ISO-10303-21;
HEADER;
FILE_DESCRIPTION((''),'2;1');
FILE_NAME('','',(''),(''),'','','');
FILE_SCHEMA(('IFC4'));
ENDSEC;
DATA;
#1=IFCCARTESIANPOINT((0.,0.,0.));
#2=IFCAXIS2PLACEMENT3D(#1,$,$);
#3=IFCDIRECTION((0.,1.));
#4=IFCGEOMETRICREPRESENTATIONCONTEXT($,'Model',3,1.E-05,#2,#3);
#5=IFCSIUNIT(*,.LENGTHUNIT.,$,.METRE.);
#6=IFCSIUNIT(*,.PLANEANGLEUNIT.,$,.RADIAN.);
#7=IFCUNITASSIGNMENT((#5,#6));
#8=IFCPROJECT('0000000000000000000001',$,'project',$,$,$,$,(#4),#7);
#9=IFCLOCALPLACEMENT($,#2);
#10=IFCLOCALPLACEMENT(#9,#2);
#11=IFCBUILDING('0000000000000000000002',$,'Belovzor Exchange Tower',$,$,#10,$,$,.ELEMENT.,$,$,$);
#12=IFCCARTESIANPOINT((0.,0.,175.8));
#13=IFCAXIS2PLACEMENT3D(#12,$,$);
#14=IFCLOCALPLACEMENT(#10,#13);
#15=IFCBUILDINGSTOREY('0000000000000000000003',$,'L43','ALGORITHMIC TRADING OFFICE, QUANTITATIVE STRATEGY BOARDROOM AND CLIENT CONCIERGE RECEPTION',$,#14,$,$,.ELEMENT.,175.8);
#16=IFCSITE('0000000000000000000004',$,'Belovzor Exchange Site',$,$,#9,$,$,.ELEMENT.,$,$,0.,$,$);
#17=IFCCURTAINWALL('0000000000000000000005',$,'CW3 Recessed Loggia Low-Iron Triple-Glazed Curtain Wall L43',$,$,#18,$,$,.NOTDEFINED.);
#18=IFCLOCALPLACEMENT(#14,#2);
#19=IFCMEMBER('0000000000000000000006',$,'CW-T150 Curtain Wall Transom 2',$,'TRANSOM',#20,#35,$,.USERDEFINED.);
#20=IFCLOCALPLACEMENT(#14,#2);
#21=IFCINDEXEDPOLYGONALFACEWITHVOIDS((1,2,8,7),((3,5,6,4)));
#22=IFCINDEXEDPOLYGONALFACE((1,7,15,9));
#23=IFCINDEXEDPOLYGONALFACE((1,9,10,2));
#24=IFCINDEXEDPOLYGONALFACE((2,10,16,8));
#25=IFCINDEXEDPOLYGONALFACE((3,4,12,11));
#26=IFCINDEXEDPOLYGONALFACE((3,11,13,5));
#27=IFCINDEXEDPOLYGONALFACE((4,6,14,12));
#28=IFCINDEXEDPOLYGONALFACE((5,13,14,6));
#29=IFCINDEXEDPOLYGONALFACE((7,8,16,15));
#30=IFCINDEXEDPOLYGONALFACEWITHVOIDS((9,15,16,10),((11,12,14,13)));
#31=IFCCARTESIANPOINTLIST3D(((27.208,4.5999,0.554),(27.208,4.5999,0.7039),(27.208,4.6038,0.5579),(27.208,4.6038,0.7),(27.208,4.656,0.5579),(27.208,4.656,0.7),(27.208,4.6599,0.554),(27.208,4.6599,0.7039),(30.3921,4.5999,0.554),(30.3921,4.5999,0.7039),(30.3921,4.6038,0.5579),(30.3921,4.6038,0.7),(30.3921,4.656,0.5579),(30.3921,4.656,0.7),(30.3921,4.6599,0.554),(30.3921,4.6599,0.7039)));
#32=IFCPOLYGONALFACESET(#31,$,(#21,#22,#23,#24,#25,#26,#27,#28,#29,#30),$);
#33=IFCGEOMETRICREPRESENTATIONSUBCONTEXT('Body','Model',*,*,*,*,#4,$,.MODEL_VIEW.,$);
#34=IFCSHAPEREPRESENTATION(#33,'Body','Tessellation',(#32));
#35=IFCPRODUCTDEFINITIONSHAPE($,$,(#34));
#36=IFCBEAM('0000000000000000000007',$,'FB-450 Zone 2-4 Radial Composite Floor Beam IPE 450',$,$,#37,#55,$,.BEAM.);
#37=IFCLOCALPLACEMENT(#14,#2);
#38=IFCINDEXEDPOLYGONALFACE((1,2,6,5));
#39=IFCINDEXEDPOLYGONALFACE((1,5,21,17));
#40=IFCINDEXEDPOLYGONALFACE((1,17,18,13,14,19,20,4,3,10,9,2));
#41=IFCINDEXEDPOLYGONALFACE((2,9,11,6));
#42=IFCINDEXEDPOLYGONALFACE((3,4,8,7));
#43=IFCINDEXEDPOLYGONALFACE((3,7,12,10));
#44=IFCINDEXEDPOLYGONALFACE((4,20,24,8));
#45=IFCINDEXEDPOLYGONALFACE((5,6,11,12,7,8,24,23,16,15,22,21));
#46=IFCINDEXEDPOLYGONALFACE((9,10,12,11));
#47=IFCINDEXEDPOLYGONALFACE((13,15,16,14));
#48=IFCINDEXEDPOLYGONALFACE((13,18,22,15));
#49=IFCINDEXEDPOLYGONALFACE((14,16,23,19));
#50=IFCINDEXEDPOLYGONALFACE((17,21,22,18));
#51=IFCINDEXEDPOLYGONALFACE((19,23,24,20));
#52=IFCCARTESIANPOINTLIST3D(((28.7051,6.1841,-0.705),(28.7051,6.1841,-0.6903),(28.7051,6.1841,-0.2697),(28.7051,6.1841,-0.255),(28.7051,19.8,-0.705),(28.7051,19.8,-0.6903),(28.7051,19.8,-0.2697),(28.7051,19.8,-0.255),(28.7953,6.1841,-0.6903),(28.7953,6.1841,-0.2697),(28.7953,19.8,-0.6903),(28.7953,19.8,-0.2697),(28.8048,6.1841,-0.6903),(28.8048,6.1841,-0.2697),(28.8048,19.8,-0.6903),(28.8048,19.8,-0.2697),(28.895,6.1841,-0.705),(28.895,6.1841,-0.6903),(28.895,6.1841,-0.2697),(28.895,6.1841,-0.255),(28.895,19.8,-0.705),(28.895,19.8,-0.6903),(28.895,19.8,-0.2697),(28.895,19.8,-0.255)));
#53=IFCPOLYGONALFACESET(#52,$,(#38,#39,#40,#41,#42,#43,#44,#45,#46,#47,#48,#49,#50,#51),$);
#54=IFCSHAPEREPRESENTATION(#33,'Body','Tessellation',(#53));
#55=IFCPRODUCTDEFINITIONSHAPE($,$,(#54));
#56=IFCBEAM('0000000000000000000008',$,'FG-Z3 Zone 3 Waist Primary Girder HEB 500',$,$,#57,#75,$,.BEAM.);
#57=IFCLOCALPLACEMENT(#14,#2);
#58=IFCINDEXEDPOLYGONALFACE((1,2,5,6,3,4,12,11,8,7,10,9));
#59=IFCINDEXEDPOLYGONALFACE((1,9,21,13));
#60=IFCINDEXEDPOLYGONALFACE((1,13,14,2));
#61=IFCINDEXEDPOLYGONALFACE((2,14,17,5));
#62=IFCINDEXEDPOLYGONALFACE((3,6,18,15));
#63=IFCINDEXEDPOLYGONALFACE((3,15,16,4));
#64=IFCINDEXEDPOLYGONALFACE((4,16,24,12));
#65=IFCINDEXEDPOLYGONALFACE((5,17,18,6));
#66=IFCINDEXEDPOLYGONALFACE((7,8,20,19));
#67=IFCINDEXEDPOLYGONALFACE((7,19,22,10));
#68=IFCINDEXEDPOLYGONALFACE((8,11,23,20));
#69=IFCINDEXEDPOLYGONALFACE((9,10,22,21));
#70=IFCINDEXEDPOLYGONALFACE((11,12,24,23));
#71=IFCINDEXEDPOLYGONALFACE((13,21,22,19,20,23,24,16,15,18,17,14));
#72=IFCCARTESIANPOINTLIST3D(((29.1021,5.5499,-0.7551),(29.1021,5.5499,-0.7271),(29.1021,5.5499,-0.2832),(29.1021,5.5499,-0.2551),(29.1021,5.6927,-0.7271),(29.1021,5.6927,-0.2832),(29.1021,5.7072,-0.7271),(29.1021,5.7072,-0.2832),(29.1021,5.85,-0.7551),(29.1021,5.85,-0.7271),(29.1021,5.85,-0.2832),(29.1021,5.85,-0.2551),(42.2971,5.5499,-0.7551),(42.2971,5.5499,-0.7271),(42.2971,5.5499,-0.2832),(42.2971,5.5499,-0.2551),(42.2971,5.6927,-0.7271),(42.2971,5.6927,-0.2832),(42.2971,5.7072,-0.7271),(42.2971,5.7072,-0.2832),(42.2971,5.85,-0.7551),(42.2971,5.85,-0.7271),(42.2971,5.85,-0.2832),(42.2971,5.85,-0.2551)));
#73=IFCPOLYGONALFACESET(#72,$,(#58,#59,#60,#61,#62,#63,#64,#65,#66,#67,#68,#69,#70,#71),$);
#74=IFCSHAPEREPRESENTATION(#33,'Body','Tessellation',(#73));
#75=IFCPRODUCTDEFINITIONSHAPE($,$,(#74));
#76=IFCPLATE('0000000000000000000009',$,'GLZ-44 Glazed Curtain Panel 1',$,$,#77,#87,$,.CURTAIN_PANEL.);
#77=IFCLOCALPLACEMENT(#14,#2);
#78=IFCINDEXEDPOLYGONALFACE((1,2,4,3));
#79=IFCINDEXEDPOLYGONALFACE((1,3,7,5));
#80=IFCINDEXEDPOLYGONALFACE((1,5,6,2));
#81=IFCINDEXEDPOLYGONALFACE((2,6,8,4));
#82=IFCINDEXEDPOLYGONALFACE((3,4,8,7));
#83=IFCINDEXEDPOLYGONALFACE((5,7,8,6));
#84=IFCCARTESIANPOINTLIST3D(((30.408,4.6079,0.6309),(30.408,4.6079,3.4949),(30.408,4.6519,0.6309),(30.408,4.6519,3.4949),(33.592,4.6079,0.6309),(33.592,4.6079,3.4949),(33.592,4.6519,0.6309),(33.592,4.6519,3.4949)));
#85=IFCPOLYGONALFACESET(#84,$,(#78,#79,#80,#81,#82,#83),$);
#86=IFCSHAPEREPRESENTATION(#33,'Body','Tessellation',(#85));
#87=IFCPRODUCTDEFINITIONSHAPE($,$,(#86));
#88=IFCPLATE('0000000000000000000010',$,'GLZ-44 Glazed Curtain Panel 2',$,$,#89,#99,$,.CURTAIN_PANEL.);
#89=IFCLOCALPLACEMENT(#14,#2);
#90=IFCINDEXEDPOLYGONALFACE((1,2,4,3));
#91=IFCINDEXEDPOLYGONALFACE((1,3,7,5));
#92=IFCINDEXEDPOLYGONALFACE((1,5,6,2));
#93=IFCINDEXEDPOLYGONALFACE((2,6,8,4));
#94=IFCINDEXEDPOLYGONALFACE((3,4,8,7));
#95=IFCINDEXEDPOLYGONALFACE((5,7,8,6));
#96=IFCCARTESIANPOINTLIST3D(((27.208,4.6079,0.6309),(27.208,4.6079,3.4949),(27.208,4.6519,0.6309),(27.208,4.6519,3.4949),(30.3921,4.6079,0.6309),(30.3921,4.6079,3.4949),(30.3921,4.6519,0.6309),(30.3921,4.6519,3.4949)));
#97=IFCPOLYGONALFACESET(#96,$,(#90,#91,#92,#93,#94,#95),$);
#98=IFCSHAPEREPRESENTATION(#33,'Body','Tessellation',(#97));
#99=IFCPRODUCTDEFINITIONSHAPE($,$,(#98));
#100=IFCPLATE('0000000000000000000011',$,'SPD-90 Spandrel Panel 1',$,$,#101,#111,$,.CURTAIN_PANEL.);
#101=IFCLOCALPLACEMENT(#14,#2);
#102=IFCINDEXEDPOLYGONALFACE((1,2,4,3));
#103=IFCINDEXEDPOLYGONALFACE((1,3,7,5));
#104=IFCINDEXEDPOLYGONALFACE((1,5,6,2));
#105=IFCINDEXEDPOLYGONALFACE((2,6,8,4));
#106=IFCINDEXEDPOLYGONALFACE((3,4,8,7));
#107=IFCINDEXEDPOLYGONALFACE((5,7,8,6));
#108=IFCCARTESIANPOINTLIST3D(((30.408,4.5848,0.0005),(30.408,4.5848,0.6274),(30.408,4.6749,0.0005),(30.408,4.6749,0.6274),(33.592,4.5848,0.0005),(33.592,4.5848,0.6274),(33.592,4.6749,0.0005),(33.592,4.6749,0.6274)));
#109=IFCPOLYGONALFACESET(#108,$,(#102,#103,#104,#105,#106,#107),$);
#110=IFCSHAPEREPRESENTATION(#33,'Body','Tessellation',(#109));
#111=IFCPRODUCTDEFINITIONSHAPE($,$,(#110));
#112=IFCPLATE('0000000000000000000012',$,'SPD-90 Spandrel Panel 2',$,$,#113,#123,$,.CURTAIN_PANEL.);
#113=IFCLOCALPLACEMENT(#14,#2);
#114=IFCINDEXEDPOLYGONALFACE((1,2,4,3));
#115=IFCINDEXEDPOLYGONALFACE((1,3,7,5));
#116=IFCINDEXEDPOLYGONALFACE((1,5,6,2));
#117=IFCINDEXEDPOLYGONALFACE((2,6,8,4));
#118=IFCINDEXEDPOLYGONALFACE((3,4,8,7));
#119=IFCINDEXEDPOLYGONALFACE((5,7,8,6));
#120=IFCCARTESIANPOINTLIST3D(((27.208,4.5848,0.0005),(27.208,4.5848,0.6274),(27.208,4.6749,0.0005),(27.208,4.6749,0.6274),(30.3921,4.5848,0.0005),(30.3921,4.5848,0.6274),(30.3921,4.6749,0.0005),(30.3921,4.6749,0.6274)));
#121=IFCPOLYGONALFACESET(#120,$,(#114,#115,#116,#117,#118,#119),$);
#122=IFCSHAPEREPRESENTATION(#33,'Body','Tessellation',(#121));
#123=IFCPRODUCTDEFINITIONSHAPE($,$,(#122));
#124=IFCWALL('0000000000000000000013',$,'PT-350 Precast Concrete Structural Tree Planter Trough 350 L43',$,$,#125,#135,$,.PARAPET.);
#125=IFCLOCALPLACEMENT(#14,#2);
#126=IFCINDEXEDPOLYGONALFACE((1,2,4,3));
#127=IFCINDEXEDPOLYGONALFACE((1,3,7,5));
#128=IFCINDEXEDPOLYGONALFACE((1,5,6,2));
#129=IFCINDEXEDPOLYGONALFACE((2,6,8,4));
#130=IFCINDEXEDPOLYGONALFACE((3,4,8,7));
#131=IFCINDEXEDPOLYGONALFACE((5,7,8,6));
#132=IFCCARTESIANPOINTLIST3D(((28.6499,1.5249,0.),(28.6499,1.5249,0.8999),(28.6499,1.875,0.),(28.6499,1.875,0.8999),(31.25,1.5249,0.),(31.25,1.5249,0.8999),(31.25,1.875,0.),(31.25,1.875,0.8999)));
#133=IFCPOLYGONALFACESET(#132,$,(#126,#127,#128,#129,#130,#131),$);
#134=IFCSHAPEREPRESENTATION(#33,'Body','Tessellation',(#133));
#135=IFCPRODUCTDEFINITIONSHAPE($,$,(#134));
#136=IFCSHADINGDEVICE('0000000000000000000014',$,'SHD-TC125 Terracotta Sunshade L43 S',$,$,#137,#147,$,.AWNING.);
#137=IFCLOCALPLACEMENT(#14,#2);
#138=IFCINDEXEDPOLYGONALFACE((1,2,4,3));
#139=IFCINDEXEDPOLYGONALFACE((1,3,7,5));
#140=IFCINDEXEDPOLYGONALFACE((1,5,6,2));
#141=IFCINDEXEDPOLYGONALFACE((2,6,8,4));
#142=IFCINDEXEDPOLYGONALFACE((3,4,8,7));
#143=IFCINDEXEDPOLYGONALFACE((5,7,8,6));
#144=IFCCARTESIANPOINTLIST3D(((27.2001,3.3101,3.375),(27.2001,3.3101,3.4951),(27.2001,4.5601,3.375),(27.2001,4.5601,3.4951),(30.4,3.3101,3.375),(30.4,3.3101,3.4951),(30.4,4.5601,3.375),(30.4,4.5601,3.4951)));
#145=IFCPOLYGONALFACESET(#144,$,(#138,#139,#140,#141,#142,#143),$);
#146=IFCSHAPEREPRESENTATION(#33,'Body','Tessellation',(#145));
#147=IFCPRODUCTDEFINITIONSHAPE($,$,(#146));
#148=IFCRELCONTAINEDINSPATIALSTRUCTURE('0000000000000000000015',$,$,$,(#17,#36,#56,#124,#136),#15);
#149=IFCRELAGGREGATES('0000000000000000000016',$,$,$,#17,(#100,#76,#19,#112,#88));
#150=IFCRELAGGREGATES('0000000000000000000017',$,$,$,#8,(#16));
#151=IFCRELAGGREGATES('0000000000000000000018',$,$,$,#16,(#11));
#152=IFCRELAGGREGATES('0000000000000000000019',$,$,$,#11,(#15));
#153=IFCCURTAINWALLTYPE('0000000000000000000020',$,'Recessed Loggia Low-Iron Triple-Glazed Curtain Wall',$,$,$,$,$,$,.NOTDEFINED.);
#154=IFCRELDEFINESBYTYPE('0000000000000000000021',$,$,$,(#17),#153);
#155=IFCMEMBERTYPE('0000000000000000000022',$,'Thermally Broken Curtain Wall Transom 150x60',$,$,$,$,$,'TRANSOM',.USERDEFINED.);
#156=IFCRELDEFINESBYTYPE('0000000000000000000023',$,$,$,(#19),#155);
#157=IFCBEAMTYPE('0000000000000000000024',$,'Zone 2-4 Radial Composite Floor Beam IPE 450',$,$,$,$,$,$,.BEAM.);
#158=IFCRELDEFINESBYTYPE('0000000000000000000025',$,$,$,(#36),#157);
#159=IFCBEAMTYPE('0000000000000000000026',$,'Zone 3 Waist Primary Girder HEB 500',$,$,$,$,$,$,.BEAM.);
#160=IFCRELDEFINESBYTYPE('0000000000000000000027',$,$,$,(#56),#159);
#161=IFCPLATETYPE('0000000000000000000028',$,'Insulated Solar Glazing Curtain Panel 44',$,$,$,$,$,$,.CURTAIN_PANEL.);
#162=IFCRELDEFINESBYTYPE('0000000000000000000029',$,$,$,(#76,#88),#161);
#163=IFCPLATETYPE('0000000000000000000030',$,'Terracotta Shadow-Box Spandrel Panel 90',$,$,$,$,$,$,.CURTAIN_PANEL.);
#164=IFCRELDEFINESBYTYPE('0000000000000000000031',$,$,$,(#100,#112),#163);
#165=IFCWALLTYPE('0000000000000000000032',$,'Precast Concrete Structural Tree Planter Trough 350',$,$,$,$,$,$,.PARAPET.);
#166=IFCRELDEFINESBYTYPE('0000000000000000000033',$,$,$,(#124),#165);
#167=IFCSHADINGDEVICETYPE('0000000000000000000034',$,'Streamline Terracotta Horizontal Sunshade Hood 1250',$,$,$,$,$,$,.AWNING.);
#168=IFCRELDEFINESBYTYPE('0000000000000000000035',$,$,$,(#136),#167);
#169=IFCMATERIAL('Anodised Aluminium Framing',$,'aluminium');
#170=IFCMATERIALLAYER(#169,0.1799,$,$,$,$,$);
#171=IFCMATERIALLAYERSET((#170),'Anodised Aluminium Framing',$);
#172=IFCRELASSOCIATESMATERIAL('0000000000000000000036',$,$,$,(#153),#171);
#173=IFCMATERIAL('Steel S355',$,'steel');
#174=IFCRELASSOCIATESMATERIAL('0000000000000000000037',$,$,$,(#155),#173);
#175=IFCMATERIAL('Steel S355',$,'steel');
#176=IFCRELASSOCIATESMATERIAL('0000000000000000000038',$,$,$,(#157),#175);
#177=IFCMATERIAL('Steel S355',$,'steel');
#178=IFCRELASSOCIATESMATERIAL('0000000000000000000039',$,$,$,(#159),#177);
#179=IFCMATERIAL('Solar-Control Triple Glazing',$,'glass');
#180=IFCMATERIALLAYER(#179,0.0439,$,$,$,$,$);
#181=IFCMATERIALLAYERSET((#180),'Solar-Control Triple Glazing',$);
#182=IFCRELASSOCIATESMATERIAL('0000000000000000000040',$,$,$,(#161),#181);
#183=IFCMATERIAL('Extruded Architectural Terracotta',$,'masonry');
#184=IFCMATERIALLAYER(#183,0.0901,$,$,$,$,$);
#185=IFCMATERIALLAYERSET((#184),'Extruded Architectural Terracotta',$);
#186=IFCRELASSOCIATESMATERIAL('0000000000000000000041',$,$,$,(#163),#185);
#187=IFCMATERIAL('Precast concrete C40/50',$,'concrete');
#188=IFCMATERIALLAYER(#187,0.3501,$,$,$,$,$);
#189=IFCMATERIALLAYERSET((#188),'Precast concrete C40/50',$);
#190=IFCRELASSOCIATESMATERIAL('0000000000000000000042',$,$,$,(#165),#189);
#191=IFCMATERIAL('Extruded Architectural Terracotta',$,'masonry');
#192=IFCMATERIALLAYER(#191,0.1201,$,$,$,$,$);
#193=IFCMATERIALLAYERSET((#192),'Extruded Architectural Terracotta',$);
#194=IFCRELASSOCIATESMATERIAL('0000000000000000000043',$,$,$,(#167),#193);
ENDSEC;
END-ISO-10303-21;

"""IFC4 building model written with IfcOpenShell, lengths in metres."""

from ifc_helpers import new_model, si_unit, direction, frame, frame_2d, origin, origin_2d, place, context, subcontext, project, spatial, rectangle, hollow_rectangle, i_section, extrude, material, layer, layer_set, material_profile, profile_set, type_object, element, aggregate, save


model = new_model("IFC4")

# Units and contexts
model_context = context("Model", 3, precision=1e-05, world=origin(), true_north=direction((0.0, 1.0)))
body_context = subcontext(model_context, "Body", "Model", "MODEL_VIEW")
ifc_project = project(units=[si_unit("LENGTHUNIT", "METRE"), si_unit("PLANEANGLEUNIT", "RADIAN")], contexts=[model_context])

# Site, building, storey
site_placement = place(None, origin())
site = spatial("IfcSite", under=ifc_project, at=site_placement, Name="Belovzor Exchange Site", CompositionType="ELEMENT", RefElevation=0.0)
building_placement = place(site_placement, origin())
building = spatial("IfcBuilding", under=site, at=building_placement, Name="Belovzor Exchange Tower", CompositionType="ELEMENT")
storey_placement = place(building_placement, frame((0.0, 0.0, 175.8)))
storey = spatial("IfcBuildingStorey", under=building, at=storey_placement, Name="L43", Description="ALGORITHMIC TRADING OFFICE, QUANTITATIVE STRATEGY BOARDROOM AND CLIENT CONCIERGE RECEPTION", CompositionType="ELEMENT", Elevation=175.8)

# Curtain wall, member
ifc_material_1 = material(Name="Anodised Aluminium Framing", Category="aluminium")
ifc_layer_1 = layer(ifc_material_1, 0.1799)
ifc_layer_set_1 = layer_set([ifc_layer_1], Name="Anodised Aluminium Framing")
curtain_wall_type = type_object("IfcCurtainWallType", Name="Recessed Loggia Low-Iron Triple-Glazed Curtain Wall", PredefinedType="NOTDEFINED", material=ifc_layer_set_1)
curtain_wall_placement = place(storey_placement, origin())
curtain_wall = element("IfcCurtainWall", 1, at=curtain_wall_placement, inside=storey, type_object=curtain_wall_type, Name="CW3 Recessed Loggia Low-Iron Triple-Glazed Curtain Wall L43", PredefinedType="NOTDEFINED")
ifc_material_2 = material(Name="Steel S355", Category="steel")
ifc_material_profile_1 = material_profile(ifc_material_2, hollow_rectangle(XDim=0.0601, YDim=0.1499, WallThickness=0.0039, at=origin_2d()))
ifc_profile_set_1 = profile_set([ifc_material_profile_1], Name="Steel S355")
member_type_1 = type_object("IfcMemberType", Name="Thermally Broken Curtain Wall Transom 150x60", ElementType="TRANSOM", PredefinedType="USERDEFINED", material=ifc_profile_set_1)
member_1_placement = place(storey_placement, frame((30.3921, 4.6299, 0.6289), z_axis=(-1.0, 0.0, 0.0), x_axis=(0.0, -1.0, 0.0)))
member_1 = element("IfcMember", 2, at=member_1_placement, type_object=member_type_1, Name="CW-T150 Curtain Wall Transom 2", ObjectType="TRANSOM", PredefinedType="USERDEFINED", context=body_context, shape_type="SweptSolid", body=[
    extrude(hollow_rectangle(XDim=0.0601, YDim=0.1499, WallThickness=0.0039, at=origin_2d()), origin(), (0.0, 0.0, 1.0), 3.1841),
])

# Beams
ifc_material_3 = material(Name="Steel S355", Category="steel")
ifc_material_profile_2 = material_profile(ifc_material_3, i_section(OverallWidth=0.1899, OverallDepth=0.45, WebThickness=0.0095, FlangeThickness=0.0146, at=origin_2d()))
ifc_profile_set_2 = profile_set([ifc_material_profile_2], Name="Steel S355")
beam_type_1 = type_object("IfcBeamType", Name="Zone 2-4 Radial Composite Floor Beam IPE 450", PredefinedType="BEAM", material=ifc_profile_set_2)
beam_1_placement = place(storey_placement, frame((28.8, 19.8, -0.48), z_axis=(0.0, -1.0, 0.0), x_axis=(1.0, 0.0, 0.0)))
element("IfcBeam", 3, at=beam_1_placement, inside=storey, type_object=beam_type_1, Name="FB-450 Zone 2-4 Radial Composite Floor Beam IPE 450", PredefinedType="BEAM", context=body_context, shape_type="SweptSolid", body=[
    extrude(i_section(OverallWidth=0.1899, OverallDepth=0.45, WebThickness=0.0095, FlangeThickness=0.0146, at=origin_2d()), origin(), (0.0, 0.0, 1.0), 13.616),
])
ifc_material_4 = material(Name="Steel S355", Category="steel")
ifc_material_profile_3 = material_profile(ifc_material_4, i_section(OverallWidth=0.3, OverallDepth=0.5, WebThickness=0.0144, FlangeThickness=0.0281, at=origin_2d()))
ifc_profile_set_3 = profile_set([ifc_material_profile_3], Name="Steel S355")
beam_type_2 = type_object("IfcBeamType", Name="Zone 3 Waist Primary Girder HEB 500", PredefinedType="BEAM", material=ifc_profile_set_3)
beam_2_placement = place(storey_placement, frame((29.1021, 5.7, -0.5051), z_axis=(1.0, 0.0, 0.0), x_axis=(0.0, 1.0, 0.0)))
element("IfcBeam", 4, at=beam_2_placement, inside=storey, type_object=beam_type_2, Name="FG-Z3 Zone 3 Waist Primary Girder HEB 500", PredefinedType="BEAM", context=body_context, shape_type="SweptSolid", body=[
    extrude(i_section(OverallWidth=0.3, OverallDepth=0.5, WebThickness=0.0144, FlangeThickness=0.0281, at=origin_2d()), origin(), (0.0, 0.0, 1.0), 13.1951),
])

# Plates
ifc_material_5 = material(Name="Solar-Control Triple Glazing", Category="glass")
ifc_layer_2 = layer(ifc_material_5, 0.0439)
ifc_layer_set_2 = layer_set([ifc_layer_2], Name="Solar-Control Triple Glazing")
plate_type_1 = type_object("IfcPlateType", Name="Insulated Solar Glazing Curtain Panel 44", PredefinedType="CURTAIN_PANEL", material=ifc_layer_set_2)
plate_1_placement = place(storey_placement, frame((32.0, 4.6299, 0.6309), z_axis=(0.0, 0.0, 1.0), x_axis=(-1.0, 0.0, 0.0)))
plate_1 = element("IfcPlate", 5, at=plate_1_placement, type_object=plate_type_1, Name="GLZ-44 Glazed Curtain Panel 1", PredefinedType="CURTAIN_PANEL", context=body_context, shape_type="SweptSolid", body=[
    extrude(rectangle(XDim=3.1841, YDim=0.0439, at=origin_2d()), origin(), (0.0, 0.0, 1.0), 2.864),
])
plate_2_placement = place(storey_placement, frame((28.8, 4.6299, 0.6309), z_axis=(0.0, 0.0, 1.0), x_axis=(-1.0, 0.0, 0.0)))
plate_2 = element("IfcPlate", 6, at=plate_2_placement, type_object=plate_type_1, Name="GLZ-44 Glazed Curtain Panel 2", PredefinedType="CURTAIN_PANEL", context=body_context, shape_type="SweptSolid", body=[
    extrude(rectangle(XDim=3.1841, YDim=0.0439, at=origin_2d()), origin(), (0.0, 0.0, 1.0), 2.864),
])
ifc_material_6 = material(Name="Extruded Architectural Terracotta", Category="masonry")
ifc_layer_3 = layer(ifc_material_6, 0.0901)
ifc_layer_set_3 = layer_set([ifc_layer_3], Name="Extruded Architectural Terracotta")
plate_type_2 = type_object("IfcPlateType", Name="Terracotta Shadow-Box Spandrel Panel 90", PredefinedType="CURTAIN_PANEL", material=ifc_layer_set_3)
plate_3_placement = place(storey_placement, frame((32.0, 4.6299, 0.0005), z_axis=(0.0, 0.0, 1.0), x_axis=(-1.0, 0.0, 0.0)))
plate_3 = element("IfcPlate", 7, at=plate_3_placement, type_object=plate_type_2, Name="SPD-90 Spandrel Panel 1", PredefinedType="CURTAIN_PANEL", context=body_context, shape_type="SweptSolid", body=[
    extrude(rectangle(XDim=3.1841, YDim=0.0901, at=origin_2d()), origin(), (0.0, 0.0, 1.0), 0.627),
])
plate_4_placement = place(storey_placement, frame((28.8, 4.6299, 0.0005), z_axis=(0.0, 0.0, 1.0), x_axis=(-1.0, 0.0, 0.0)))
plate_4 = element("IfcPlate", 8, at=plate_4_placement, type_object=plate_type_2, Name="SPD-90 Spandrel Panel 2", PredefinedType="CURTAIN_PANEL", context=body_context, shape_type="SweptSolid", body=[
    extrude(rectangle(XDim=3.1841, YDim=0.0901, at=origin_2d()), origin(), (0.0, 0.0, 1.0), 0.627),
])
aggregate(curtain_wall, [plate_3, plate_1, member_1, plate_4, plate_2])

# Wall
ifc_material_7 = material(Name="Precast concrete C40/50", Category="concrete")
ifc_layer_4 = layer(ifc_material_7, 0.3501)
ifc_layer_set_4 = layer_set([ifc_layer_4], Name="Precast concrete C40/50")
wall_type = type_object("IfcWallType", Name="Precast Concrete Structural Tree Planter Trough 350", PredefinedType="PARAPET", material=ifc_layer_set_4)
wall_placement = place(storey_placement, frame((28.6499, 1.7, 0.0), z_axis=(0.0, 0.0, 1.0), x_axis=(1.0, 0.0, 0.0)))
element("IfcWall", 9, at=wall_placement, inside=storey, type_object=wall_type, Name="PT-350 Precast Concrete Structural Tree Planter Trough 350 L43", PredefinedType="PARAPET", context=body_context, shape_type="SweptSolid", body=[
    extrude(rectangle(XDim=2.6001, YDim=0.3501, at=frame_2d((1.3, 0.0))), origin(), (0.0, 0.0, 1.0), 0.8999),
])

# Shading device
ifc_material_8 = material(Name="Extruded Architectural Terracotta", Category="masonry")
ifc_layer_5 = layer(ifc_material_8, 0.1201)
ifc_layer_set_5 = layer_set([ifc_layer_5], Name="Extruded Architectural Terracotta")
shading_device_type = type_object("IfcShadingDeviceType", Name="Streamline Terracotta Horizontal Sunshade Hood 1250", PredefinedType="AWNING", material=ifc_layer_set_5)
shading_device_placement = place(storey_placement, frame((28.8, 3.9351, 3.375), z_axis=(0.0, 0.0, 1.0), x_axis=(1.0, 0.0, 0.0)))
element("IfcShadingDevice", 10, at=shading_device_placement, inside=storey, type_object=shading_device_type, Name="SHD-TC125 Terracotta Sunshade L43 S", PredefinedType="AWNING", context=body_context, shape_type="SweptSolid", body=[
    extrude(rectangle(XDim=3.2, YDim=1.25, at=origin_2d()), origin(), (0.0, 0.0, 1.0), 0.1201),
])

save(model, "model.ifc")
